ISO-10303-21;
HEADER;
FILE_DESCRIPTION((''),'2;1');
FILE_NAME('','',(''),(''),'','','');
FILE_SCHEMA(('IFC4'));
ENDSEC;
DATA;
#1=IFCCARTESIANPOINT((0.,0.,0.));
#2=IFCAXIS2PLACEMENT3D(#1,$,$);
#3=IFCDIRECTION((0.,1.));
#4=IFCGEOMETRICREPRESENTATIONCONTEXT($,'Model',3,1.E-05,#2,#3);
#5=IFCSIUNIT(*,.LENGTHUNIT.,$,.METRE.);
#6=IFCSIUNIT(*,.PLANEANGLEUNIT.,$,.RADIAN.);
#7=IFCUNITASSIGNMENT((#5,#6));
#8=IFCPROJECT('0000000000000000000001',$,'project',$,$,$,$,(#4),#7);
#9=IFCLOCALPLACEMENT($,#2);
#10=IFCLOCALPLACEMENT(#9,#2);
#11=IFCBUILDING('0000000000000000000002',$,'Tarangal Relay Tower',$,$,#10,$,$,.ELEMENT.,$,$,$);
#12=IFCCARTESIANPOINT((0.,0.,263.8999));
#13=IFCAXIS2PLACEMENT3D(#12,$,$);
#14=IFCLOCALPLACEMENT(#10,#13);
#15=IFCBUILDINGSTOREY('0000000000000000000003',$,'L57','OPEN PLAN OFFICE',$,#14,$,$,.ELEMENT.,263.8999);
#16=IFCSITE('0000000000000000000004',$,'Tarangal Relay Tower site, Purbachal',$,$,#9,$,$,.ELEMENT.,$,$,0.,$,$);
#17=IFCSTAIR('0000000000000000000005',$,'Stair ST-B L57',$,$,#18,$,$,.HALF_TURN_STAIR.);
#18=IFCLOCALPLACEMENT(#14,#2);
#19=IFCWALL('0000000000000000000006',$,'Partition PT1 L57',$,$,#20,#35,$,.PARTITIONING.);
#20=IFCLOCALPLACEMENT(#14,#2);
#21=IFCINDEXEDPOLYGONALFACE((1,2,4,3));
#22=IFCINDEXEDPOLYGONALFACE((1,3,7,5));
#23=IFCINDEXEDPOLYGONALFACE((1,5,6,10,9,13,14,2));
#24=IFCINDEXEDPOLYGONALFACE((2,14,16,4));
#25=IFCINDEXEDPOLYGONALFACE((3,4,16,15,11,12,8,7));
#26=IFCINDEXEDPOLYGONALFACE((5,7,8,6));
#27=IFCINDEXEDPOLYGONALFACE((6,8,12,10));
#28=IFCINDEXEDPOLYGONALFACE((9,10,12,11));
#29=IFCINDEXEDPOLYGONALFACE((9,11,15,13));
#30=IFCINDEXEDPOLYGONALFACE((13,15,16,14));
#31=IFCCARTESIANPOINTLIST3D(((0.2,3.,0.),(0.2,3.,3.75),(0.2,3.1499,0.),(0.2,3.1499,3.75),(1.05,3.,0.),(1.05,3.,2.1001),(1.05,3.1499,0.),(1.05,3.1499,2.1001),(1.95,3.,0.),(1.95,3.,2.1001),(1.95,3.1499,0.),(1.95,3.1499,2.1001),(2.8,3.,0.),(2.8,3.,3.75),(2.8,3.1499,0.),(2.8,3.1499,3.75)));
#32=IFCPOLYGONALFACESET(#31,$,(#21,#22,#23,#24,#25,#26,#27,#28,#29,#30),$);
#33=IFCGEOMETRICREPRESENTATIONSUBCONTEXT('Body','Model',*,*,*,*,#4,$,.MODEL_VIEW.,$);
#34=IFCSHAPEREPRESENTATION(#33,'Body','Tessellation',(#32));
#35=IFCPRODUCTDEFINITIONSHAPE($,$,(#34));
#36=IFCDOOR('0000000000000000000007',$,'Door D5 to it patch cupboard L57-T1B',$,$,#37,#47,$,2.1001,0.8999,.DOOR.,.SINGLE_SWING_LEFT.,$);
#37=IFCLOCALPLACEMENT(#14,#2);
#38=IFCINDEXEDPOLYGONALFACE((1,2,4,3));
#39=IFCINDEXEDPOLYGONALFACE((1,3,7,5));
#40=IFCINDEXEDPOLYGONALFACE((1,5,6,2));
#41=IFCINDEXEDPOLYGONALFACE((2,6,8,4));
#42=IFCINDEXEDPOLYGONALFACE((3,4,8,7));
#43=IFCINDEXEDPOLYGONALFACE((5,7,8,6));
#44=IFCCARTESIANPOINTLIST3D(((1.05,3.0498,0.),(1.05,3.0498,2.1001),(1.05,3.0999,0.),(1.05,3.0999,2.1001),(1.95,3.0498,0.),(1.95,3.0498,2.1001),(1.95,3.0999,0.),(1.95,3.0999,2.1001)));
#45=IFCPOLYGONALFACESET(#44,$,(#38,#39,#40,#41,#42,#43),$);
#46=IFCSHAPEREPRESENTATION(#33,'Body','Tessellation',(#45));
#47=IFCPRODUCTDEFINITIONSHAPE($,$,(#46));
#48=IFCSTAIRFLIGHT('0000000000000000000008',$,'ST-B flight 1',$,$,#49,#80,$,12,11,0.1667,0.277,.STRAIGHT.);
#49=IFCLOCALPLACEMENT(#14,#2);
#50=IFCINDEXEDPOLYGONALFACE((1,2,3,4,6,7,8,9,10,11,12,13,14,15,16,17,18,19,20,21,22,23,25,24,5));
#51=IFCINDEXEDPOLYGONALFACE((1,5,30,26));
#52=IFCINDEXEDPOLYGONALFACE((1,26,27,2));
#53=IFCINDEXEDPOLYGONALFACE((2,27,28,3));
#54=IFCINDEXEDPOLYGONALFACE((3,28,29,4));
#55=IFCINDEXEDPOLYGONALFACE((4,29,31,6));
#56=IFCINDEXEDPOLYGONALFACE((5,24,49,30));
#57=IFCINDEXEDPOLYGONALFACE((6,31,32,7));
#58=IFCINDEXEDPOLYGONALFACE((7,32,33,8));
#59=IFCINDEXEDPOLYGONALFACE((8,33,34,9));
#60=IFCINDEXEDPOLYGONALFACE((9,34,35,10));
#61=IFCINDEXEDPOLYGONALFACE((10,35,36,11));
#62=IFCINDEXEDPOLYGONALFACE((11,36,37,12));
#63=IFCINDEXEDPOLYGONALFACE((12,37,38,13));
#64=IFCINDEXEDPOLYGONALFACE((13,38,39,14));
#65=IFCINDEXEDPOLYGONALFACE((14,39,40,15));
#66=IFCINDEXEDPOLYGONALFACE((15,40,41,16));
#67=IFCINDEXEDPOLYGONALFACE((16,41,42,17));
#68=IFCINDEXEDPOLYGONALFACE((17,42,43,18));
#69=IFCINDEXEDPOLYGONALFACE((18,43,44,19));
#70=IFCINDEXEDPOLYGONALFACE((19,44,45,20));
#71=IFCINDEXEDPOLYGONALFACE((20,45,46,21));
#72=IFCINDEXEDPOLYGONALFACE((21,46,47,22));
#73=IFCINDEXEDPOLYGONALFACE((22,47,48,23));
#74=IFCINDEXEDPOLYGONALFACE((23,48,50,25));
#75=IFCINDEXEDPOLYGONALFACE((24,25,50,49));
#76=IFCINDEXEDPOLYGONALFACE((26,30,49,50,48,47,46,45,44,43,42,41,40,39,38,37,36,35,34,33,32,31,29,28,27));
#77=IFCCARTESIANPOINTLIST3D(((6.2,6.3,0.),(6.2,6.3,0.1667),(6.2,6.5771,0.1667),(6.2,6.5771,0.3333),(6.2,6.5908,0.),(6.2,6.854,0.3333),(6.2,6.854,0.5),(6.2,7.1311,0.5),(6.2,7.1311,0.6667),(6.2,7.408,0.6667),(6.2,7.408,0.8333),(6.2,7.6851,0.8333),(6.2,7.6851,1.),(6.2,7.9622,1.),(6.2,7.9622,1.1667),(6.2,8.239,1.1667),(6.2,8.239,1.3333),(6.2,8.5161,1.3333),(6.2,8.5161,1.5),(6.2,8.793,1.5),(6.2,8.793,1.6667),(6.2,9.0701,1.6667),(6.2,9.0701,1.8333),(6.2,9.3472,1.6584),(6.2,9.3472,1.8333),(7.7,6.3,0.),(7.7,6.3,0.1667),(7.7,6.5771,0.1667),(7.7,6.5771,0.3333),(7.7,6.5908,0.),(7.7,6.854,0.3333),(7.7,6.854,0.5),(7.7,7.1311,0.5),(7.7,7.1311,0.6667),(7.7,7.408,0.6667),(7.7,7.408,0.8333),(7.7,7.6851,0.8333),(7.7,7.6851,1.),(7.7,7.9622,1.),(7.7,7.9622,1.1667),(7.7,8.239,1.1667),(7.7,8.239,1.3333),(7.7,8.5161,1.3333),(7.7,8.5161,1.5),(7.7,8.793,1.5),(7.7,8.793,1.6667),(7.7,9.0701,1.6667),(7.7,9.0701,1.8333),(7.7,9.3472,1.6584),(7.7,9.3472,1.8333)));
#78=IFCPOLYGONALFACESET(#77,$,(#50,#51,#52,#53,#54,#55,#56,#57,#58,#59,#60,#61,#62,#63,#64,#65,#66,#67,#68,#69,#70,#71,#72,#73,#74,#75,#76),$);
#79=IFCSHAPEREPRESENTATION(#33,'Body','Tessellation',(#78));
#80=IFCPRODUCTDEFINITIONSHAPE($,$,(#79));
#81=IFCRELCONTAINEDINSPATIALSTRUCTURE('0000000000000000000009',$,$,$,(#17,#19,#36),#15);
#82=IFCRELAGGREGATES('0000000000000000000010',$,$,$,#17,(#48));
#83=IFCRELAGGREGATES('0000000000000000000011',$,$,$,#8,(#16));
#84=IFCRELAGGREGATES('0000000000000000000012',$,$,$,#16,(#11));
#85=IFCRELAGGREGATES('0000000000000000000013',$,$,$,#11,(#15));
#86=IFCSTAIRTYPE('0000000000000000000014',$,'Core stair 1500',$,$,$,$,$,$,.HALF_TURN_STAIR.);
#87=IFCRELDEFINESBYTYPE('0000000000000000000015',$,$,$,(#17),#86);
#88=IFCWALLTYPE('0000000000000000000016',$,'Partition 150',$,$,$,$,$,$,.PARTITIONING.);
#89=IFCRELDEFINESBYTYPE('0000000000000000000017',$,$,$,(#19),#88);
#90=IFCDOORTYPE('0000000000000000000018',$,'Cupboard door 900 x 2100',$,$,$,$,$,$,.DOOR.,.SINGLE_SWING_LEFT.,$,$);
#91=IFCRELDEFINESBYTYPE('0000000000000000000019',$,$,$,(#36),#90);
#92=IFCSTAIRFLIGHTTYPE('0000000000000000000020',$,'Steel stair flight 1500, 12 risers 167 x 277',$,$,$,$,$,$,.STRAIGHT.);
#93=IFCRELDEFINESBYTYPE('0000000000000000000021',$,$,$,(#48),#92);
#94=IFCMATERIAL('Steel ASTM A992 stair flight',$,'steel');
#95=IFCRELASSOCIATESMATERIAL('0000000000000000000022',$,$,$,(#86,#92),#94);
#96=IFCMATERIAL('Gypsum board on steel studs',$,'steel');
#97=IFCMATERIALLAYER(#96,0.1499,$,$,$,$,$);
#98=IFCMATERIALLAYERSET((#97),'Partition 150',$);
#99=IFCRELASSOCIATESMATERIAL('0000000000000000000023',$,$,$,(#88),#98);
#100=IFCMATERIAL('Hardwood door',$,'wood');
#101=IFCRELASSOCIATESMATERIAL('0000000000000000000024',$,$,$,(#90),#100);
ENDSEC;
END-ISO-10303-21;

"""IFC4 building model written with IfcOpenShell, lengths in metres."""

from ifc_helpers import new_model, si_unit, direction, frame, frame_2d, origin, place, context, subcontext, project, spatial, polyline, rectangle, outline, extrude, material, layer, layer_set, type_object, element, fill, aggregate, save


model = new_model("IFC4")

# Units and contexts
model_context = context("Model", 3, precision=1e-05, world=origin(), true_north=direction((0.0, 1.0)))
body_context = subcontext(model_context, "Body", "Model", "MODEL_VIEW")
ifc_project = project(units=[si_unit("LENGTHUNIT", "METRE"), si_unit("PLANEANGLEUNIT", "RADIAN")], contexts=[model_context])

# Site, building, storey
site_placement = place(None, origin())
site = spatial("IfcSite", under=ifc_project, at=site_placement, Name="Tarangal Relay Tower site, Purbachal", CompositionType="ELEMENT", RefElevation=0.0)
building_placement = place(site_placement, origin())
building = spatial("IfcBuilding", under=site, at=building_placement, Name="Tarangal Relay Tower", CompositionType="ELEMENT")
storey_placement = place(building_placement, frame((0.0, 0.0, 263.8999)))
storey = spatial("IfcBuildingStorey", under=building, at=storey_placement, Name="L57", Description="OPEN PLAN OFFICE", CompositionType="ELEMENT", Elevation=263.8999)

# Stair
ifc_material_1 = material(Name="Steel ASTM A992 stair flight", Category="steel")
stair_type = type_object("IfcStairType", Name="Core stair 1500", PredefinedType="HALF_TURN_STAIR", material=ifc_material_1)
stair_1_placement = place(storey_placement, origin())
stair_1 = element("IfcStair", 1, at=stair_1_placement, inside=storey, type_object=stair_type, Name="Stair ST-B L57", PredefinedType="HALF_TURN_STAIR")

# Wall, opening, door
ifc_material_2 = material(Name="Gypsum board on steel studs", Category="steel")
ifc_layer_1 = layer(ifc_material_2, 0.1499)
ifc_layer_set_1 = layer_set([ifc_layer_1], Name="Partition 150")
wall_type_1 = type_object("IfcWallType", Name="Partition 150", PredefinedType="PARTITIONING", material=ifc_layer_set_1)
wall_1_placement = place(storey_placement, frame((0.2, 3.075, 0.0), z_axis=(0.0, 0.0, 1.0), x_axis=(1.0, 0.0, 0.0)))
wall_1 = element("IfcWall", 2, at=wall_1_placement, inside=storey, type_object=wall_type_1, Name="Partition PT1 L57", PredefinedType="PARTITIONING", context=body_context, shape_type="SweptSolid", body=[
    extrude(rectangle(XDim=2.6001, YDim=0.1499, at=frame_2d((1.3, 0.0))), origin(), (0.0, 0.0, 1.0), 3.75),
])
opening_1_placement = place(wall_1_placement, frame((0.8501, 0.0, 0.0)))
opening_1 = element("IfcOpeningElement", 3, at=opening_1_placement, cuts=wall_1, PredefinedType="OPENING", context=body_context, shape_type="SweptSolid", body=[
    extrude(rectangle(XDim=0.8999, YDim=2.1001, at=frame_2d((0.45, 1.05))), frame((0.0, 0.085, 0.0), z_axis=(0.0, -1.0, 0.0), x_axis=(1.0, 0.0, 0.0)), (0.0, 0.0, 1.0), 0.1699),
])
ifc_material_3 = material(Name="Hardwood door", Category="wood")
door_type_1 = type_object("IfcDoorType", Name="Cupboard door 900 x 2100", OperationType="SINGLE_SWING_LEFT", PredefinedType="DOOR", material=ifc_material_3)
door_1_placement = place(opening_1_placement, origin())
door_1 = element("IfcDoor", 4, at=door_1_placement, inside=storey, type_object=door_type_1, Name="Door D5 to it patch cupboard L57-T1B", OperationType="SINGLE_SWING_LEFT", OverallHeight=2.1001, OverallWidth=0.8999, PredefinedType="DOOR", context=body_context, shape_type="SweptSolid", body=[
    extrude(rectangle(XDim=0.8999, YDim=2.1001, at=frame_2d((0.45, 1.05))), frame((0.0, 0.0249, 0.0), z_axis=(0.0, -1.0, 0.0), x_axis=(1.0, 0.0, 0.0)), (0.0, 0.0, 1.0), 0.05),
])
fill(opening_1, door_1)

# Stair flight
stair_flight_type = type_object("IfcStairFlightType", Name="Steel stair flight 1500, 12 risers 167 x 277", PredefinedType="STRAIGHT", material=ifc_material_1)
stair_flight_placement = place(storey_placement, frame((6.95, 6.3, 0.0), z_axis=(0.0, 0.0, 1.0), x_axis=(0.0, 1.0, 0.0)))
stair_flight = element("IfcStairFlight", 5, at=stair_flight_placement, type_object=stair_flight_type, Name="ST-B flight 1", NumberOfRisers=12, NumberOfTreads=11, PredefinedType="STRAIGHT", RiserHeight=0.1667, TreadLength=0.277, context=body_context, shape_type="SweptSolid", body=[
    extrude(outline(polyline([(0.0, 0.0), (0.0, 0.1667), (0.2771, 0.1667), (0.2771, 0.3333), (0.554, 0.3333), (0.554, 0.5), (0.8311, 0.5), (0.8311, 0.6667), (1.1079, 0.6667), (1.1079, 0.8333), (1.385, 0.8333), (1.385, 1.0), (1.6621, 1.0), (1.6621, 1.1667), (1.939, 1.1667), (1.939, 1.3333), (2.2161, 1.3333), (2.2161, 1.5), (2.4929, 1.5), (2.4929, 1.6667), (2.77, 1.6667), (2.77, 1.8333), (3.0471, 1.8333), (3.0471, 2.0), (3.0471, 1.6584), (0.2908, 0.0), (0.0, 0.0)])), frame((0.0, 0.75, 0.0), z_axis=(0.0, -1.0, 0.0), x_axis=(1.0, 0.0, 0.0)), (0.0, 0.0, 1.0), 1.5),
])
aggregate(stair_1, [stair_flight])

save(model, "model.ifc")
